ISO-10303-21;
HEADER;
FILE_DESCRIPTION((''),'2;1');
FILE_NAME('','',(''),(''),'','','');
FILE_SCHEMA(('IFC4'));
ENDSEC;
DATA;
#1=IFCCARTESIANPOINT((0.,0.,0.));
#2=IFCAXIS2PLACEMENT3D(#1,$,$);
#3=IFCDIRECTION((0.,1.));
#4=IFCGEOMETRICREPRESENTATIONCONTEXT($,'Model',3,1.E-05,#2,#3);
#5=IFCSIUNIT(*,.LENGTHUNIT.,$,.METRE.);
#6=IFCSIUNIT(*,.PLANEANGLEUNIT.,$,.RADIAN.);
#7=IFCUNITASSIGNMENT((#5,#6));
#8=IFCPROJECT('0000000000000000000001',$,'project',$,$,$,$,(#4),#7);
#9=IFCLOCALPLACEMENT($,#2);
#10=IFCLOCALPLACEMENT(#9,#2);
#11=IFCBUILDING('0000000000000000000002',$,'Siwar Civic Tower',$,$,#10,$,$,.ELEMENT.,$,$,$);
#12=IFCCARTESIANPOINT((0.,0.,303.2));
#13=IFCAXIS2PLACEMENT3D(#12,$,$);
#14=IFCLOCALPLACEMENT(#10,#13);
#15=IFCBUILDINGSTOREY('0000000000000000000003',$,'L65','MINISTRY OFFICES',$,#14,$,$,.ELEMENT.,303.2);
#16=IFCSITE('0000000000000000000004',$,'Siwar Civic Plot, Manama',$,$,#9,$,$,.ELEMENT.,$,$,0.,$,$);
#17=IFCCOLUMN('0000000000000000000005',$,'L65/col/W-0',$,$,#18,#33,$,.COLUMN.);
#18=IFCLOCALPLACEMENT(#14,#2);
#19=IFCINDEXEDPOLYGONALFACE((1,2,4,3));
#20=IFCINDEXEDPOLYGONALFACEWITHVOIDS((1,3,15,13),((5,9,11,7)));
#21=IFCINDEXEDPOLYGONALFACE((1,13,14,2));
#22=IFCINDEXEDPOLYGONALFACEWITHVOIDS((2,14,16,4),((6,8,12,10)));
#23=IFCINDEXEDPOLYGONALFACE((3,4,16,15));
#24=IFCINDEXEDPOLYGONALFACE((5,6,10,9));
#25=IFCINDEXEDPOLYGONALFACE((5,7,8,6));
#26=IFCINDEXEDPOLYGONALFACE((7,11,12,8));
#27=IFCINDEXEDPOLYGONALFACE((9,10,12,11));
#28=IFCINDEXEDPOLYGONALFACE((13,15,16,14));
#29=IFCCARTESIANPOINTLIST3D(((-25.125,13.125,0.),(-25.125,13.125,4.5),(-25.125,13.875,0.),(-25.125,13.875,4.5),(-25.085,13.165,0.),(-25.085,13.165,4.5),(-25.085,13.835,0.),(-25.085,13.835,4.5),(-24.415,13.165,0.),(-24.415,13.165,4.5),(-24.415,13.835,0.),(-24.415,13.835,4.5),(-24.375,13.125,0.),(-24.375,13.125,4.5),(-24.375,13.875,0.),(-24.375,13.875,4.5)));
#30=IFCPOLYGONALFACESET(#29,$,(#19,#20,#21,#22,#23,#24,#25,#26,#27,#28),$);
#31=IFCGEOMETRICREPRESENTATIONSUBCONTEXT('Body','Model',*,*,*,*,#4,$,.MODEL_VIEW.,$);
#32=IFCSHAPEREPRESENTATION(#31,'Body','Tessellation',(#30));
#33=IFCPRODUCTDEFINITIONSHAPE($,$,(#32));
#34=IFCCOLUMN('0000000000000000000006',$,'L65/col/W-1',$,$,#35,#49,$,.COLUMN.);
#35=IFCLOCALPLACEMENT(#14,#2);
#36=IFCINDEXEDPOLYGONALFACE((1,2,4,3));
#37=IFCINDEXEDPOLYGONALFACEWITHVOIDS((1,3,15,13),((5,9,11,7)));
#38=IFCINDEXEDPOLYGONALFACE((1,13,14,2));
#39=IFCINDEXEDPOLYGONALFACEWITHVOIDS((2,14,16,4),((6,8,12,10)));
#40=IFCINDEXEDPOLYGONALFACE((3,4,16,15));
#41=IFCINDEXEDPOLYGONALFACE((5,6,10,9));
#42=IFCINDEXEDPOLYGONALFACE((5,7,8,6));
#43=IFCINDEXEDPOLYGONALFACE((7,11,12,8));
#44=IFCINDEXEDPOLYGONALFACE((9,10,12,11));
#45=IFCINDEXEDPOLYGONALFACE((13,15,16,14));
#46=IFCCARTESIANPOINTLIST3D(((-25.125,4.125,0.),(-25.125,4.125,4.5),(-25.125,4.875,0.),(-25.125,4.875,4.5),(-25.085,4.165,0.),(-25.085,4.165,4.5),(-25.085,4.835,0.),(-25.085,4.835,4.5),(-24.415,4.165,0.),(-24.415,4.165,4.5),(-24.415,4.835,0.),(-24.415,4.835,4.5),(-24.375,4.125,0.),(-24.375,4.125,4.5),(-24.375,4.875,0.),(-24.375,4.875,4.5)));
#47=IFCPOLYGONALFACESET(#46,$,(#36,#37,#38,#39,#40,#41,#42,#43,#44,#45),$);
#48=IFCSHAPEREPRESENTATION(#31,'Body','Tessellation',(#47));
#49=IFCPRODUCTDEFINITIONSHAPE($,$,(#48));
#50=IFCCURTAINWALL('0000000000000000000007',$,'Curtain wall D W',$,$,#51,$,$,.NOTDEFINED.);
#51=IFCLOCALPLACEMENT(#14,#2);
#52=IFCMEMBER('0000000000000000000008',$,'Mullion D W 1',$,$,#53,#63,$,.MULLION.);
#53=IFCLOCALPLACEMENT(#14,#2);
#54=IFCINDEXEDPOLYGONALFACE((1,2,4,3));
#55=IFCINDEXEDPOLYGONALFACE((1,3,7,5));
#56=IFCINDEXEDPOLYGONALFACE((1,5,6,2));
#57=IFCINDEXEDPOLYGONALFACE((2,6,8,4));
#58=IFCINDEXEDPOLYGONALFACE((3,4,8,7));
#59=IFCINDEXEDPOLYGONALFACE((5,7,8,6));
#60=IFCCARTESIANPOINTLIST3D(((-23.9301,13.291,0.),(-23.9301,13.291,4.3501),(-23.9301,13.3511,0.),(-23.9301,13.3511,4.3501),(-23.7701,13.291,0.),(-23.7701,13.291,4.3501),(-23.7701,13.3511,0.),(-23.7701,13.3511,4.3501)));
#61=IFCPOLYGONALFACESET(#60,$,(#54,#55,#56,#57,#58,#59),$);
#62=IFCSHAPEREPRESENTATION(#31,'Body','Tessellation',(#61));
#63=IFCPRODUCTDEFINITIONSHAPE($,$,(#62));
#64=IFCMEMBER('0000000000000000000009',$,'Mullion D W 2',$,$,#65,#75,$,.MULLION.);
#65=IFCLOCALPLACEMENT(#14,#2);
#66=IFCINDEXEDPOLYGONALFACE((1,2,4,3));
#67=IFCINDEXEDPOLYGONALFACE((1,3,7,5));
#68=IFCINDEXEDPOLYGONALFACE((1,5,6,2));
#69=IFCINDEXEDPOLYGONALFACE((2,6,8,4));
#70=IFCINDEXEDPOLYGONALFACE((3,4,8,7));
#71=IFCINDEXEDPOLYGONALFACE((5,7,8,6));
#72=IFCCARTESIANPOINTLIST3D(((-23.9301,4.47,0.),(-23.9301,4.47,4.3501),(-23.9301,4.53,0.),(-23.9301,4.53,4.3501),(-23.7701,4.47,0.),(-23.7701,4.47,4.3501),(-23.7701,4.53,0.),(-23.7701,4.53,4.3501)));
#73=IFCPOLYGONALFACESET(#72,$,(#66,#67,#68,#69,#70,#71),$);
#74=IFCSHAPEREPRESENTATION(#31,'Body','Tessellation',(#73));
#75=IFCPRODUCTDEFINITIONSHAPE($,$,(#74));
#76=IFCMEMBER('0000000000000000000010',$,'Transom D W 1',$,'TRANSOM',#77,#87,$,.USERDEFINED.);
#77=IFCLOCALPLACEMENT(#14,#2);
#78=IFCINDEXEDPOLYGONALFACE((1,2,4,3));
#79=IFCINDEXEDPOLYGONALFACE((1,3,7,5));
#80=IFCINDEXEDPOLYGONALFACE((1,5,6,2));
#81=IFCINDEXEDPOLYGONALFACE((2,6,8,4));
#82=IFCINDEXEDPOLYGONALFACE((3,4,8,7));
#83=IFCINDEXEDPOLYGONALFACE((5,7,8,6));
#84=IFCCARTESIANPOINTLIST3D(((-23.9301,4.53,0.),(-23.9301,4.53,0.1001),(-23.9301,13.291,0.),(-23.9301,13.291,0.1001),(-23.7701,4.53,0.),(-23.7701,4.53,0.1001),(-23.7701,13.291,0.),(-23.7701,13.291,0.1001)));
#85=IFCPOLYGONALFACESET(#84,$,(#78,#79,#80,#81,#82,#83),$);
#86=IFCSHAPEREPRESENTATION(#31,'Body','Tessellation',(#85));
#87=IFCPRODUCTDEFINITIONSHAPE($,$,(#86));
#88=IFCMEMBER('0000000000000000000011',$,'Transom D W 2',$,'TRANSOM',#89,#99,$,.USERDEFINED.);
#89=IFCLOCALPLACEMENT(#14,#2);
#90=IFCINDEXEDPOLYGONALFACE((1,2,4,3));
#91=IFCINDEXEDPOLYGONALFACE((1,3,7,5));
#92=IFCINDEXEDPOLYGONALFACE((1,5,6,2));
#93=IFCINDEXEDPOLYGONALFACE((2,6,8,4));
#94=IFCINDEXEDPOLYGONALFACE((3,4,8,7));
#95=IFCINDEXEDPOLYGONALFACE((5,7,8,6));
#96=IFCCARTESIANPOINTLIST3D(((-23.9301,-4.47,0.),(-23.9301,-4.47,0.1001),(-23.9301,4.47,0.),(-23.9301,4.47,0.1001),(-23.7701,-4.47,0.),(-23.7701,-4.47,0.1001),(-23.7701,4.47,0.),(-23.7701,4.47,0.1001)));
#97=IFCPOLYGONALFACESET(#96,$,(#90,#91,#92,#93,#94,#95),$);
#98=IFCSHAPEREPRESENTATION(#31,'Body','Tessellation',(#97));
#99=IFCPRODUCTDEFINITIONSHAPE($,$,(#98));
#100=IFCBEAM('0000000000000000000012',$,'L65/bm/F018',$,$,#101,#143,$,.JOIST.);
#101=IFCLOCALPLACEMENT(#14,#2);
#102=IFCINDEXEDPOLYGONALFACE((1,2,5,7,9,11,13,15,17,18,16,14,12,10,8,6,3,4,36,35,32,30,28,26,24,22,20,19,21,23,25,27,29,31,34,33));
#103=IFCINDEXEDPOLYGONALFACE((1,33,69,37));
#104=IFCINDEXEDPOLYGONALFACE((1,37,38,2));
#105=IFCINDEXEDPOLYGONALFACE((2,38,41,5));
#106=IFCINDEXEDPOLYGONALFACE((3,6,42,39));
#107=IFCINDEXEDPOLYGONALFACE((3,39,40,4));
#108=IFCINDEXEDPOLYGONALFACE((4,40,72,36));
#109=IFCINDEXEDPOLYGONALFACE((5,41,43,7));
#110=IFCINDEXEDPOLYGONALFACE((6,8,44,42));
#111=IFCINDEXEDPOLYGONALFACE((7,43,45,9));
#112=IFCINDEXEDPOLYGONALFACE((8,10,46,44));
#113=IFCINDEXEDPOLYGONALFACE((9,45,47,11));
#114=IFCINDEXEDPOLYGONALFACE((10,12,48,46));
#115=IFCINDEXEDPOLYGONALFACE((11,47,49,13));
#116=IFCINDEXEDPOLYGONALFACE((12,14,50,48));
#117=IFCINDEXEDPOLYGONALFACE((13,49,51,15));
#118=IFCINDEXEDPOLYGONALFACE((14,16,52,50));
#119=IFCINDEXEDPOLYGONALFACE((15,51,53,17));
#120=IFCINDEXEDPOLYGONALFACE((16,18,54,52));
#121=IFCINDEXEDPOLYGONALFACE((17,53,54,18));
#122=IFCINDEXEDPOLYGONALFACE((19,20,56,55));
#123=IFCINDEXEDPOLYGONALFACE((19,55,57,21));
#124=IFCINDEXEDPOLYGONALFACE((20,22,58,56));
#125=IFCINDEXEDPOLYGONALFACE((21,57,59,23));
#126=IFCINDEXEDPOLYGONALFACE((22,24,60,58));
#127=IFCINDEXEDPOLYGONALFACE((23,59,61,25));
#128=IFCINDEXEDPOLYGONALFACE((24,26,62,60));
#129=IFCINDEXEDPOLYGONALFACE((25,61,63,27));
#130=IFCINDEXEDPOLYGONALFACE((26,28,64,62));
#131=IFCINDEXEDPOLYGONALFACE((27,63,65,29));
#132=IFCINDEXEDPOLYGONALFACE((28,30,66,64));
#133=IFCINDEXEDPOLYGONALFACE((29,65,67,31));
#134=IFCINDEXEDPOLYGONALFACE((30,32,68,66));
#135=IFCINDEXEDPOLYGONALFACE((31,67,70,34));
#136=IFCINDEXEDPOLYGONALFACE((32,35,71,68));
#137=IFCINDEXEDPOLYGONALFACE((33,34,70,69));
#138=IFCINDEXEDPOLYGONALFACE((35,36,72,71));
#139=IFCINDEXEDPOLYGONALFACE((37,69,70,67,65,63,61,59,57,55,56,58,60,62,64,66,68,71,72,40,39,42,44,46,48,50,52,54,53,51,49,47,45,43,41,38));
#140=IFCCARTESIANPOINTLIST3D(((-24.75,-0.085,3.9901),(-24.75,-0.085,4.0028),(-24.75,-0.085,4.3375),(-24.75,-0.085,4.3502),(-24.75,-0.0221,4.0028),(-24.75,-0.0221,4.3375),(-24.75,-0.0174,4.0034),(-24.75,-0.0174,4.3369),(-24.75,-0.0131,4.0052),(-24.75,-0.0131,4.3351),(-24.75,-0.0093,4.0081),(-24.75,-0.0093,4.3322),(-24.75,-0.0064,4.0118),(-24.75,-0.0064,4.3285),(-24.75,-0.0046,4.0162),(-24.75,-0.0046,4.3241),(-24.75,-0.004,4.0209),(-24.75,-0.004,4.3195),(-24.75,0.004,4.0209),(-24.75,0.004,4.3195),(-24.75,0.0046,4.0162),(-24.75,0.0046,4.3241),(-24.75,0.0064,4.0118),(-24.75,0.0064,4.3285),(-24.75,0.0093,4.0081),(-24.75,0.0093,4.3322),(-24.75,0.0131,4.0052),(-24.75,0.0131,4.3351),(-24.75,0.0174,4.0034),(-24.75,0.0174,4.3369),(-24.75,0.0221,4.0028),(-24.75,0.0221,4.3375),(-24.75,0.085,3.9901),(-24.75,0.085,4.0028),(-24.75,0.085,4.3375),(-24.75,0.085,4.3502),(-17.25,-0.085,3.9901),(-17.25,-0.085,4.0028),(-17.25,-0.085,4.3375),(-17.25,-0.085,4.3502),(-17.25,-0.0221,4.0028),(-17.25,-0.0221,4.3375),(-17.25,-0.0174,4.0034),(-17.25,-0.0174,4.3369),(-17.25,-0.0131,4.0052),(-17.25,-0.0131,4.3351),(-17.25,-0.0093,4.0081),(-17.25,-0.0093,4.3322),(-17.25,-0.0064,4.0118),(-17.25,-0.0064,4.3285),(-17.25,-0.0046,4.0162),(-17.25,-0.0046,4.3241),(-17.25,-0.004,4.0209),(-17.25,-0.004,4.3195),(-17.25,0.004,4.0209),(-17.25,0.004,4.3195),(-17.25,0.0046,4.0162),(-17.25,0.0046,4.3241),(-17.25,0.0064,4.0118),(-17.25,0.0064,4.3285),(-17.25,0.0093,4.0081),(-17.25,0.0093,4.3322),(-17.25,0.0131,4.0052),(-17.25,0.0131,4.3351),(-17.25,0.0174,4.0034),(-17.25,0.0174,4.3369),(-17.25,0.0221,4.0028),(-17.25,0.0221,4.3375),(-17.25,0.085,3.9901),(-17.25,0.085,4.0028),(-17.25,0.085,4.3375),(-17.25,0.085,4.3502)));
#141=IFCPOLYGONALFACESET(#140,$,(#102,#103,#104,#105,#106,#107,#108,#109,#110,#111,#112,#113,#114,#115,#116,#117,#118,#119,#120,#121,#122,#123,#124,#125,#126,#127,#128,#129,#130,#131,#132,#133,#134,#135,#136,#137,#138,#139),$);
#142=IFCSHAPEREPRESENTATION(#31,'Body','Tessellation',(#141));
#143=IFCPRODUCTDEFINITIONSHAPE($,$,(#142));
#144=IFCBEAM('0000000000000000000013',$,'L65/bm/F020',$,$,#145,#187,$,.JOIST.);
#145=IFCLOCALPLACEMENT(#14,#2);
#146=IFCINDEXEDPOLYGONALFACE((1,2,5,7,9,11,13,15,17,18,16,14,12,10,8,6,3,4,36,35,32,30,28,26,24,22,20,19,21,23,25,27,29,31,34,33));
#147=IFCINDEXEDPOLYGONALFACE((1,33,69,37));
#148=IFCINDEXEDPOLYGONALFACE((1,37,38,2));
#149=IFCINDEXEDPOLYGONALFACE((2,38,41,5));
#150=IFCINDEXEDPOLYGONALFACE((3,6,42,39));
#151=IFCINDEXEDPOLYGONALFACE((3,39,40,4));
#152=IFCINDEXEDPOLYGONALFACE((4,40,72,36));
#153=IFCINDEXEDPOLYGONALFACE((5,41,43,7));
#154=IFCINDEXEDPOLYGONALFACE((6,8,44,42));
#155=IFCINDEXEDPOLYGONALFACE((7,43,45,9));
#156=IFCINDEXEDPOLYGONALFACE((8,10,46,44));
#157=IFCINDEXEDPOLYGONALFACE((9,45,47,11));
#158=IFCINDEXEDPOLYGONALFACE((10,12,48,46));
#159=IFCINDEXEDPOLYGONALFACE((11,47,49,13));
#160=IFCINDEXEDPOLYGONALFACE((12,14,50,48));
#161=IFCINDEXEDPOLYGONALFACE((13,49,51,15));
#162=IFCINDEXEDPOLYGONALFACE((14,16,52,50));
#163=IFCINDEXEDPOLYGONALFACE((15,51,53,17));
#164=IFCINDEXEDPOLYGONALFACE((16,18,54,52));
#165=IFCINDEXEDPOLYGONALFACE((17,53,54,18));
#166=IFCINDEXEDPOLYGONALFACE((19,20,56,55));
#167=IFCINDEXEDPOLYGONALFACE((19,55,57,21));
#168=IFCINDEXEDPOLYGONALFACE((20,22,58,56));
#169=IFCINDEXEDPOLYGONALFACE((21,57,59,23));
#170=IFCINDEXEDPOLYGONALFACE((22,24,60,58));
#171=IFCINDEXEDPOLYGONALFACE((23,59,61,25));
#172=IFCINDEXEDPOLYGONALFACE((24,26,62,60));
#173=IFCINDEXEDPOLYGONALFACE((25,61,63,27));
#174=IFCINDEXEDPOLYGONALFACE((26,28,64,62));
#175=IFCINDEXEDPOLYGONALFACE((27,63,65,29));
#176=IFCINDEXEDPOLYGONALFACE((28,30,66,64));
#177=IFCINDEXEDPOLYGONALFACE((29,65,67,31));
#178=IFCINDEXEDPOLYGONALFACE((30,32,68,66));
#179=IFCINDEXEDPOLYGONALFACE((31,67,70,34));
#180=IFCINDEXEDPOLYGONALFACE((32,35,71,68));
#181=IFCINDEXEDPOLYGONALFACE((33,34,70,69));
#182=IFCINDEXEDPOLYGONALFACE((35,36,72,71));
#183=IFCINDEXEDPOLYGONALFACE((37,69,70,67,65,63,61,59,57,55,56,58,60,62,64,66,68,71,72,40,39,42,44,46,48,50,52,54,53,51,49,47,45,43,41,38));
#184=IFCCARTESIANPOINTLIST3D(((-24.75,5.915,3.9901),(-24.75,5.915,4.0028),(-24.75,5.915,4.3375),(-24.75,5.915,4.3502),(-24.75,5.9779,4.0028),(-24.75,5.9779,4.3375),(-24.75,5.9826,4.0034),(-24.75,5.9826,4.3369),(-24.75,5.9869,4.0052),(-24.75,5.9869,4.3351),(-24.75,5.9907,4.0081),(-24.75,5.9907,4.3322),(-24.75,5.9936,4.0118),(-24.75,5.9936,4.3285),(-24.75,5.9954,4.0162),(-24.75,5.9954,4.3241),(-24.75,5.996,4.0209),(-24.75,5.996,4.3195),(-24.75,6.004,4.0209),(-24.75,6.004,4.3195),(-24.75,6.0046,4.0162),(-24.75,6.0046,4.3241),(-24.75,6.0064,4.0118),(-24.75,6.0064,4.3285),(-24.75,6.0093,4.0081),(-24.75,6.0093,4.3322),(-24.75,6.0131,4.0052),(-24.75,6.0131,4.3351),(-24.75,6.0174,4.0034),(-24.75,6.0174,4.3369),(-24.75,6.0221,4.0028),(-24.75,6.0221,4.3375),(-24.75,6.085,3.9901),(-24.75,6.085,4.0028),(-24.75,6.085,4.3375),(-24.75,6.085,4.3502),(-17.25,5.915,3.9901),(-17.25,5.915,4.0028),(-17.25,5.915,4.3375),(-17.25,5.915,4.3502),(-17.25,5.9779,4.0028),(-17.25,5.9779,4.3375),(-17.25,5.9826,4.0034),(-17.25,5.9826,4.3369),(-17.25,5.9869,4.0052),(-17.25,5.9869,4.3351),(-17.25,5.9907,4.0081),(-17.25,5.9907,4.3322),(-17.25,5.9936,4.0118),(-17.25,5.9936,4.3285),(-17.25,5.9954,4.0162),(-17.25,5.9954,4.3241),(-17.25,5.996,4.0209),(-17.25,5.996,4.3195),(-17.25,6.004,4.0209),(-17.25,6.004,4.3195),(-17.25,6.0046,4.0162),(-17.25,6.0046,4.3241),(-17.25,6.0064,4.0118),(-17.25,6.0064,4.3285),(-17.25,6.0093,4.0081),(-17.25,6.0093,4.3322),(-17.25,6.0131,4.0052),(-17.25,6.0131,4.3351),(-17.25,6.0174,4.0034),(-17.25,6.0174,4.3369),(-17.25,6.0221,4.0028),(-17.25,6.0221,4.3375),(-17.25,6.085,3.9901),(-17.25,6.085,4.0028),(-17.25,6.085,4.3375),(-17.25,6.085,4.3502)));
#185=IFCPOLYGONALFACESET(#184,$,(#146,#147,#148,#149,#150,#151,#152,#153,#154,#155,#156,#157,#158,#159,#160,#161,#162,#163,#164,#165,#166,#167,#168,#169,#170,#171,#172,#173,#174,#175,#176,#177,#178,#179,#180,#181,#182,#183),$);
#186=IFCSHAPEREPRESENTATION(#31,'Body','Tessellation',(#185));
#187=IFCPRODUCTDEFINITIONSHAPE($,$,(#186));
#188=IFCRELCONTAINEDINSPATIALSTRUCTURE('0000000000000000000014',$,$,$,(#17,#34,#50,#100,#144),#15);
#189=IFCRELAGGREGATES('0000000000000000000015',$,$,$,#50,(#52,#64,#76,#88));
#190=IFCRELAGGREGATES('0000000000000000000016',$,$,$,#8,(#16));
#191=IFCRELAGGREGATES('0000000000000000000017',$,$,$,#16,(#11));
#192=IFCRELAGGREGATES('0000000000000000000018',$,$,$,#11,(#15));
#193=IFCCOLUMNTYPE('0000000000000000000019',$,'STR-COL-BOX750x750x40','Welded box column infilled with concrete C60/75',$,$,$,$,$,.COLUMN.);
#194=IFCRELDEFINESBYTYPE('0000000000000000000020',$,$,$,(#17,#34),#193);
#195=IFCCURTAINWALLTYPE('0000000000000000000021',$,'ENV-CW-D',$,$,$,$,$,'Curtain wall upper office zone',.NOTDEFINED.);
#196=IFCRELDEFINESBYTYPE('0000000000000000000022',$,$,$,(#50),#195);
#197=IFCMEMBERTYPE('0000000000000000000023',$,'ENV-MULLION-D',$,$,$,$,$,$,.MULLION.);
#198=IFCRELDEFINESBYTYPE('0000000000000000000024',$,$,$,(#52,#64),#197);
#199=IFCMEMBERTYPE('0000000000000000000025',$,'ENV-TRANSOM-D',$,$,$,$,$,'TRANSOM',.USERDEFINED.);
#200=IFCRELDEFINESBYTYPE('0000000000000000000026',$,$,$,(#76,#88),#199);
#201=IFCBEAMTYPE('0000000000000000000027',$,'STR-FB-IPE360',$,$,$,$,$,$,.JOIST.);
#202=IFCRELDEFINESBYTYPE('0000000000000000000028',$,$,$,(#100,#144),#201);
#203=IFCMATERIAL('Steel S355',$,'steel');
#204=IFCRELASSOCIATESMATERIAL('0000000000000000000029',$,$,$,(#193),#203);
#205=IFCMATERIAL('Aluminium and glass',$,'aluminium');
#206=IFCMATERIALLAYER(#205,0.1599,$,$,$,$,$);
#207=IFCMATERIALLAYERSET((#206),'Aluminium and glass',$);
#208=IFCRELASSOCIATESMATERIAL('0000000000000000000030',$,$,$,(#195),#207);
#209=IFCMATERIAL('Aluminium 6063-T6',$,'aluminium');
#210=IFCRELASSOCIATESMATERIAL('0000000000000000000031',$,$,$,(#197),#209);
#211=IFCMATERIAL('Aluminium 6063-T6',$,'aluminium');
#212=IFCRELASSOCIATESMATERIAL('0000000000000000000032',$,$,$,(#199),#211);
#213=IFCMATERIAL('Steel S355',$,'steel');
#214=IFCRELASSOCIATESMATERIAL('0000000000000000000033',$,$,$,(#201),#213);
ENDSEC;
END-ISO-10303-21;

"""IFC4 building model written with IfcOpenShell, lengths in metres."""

from ifc_helpers import new_model, si_unit, direction, frame, origin, origin_2d, place, context, subcontext, project, spatial, rectangle, hollow_rectangle, i_section, extrude, material, layer, layer_set, material_profile, profile_set, type_object, element, aggregate, save


model = new_model("IFC4")

# Units and contexts
model_context = context("Model", 3, precision=1e-05, world=origin(), true_north=direction((0.0, 1.0)))
body_context = subcontext(model_context, "Body", "Model", "MODEL_VIEW")
ifc_project = project(units=[si_unit("LENGTHUNIT", "METRE"), si_unit("PLANEANGLEUNIT", "RADIAN")], contexts=[model_context])

# Site, building, storey
site_placement = place(None, origin())
site = spatial("IfcSite", under=ifc_project, at=site_placement, Name="Siwar Civic Plot, Manama", CompositionType="ELEMENT", RefElevation=0.0)
building_placement = place(site_placement, origin())
building = spatial("IfcBuilding", under=site, at=building_placement, Name="Siwar Civic Tower", CompositionType="ELEMENT")
storey_placement = place(building_placement, frame((0.0, 0.0, 303.2)))
storey = spatial("IfcBuildingStorey", under=building, at=storey_placement, Name="L65", Description="MINISTRY OFFICES", CompositionType="ELEMENT", Elevation=303.2)

# Columns
ifc_material_1 = material(Name="Steel S355", Category="steel")
ifc_material_profile_1 = material_profile(ifc_material_1, hollow_rectangle(XDim=0.75, YDim=0.75, WallThickness=0.04, at=origin_2d()), Name="BOX750x750x40")
ifc_profile_set_1 = profile_set([ifc_material_profile_1], Name="Steel S355")
column_type = type_object("IfcColumnType", Name="STR-COL-BOX750x750x40", Description="Welded box column infilled with concrete C60/75", PredefinedType="COLUMN", material=ifc_profile_set_1)
for number, where, z_axis, x_axis, name in (
    (1, (-24.75, 13.5, 0.0), (0.0, 0.0, 1.0), (1.0, 0.0, 0.0), "L65/col/W-0"),
    (2, (-24.75, 4.5, 0.0), (0.0, 0.0, 1.0), (1.0, 0.0, 0.0), "L65/col/W-1"),
):
    element("IfcColumn", number, at=place(storey_placement, frame(where, z_axis=z_axis, x_axis=x_axis)), inside=storey, type_object=column_type, Name=name, PredefinedType="COLUMN", context=body_context, shape_type="SweptSolid", body=[
        extrude(hollow_rectangle(XDim=0.75, YDim=0.75, WallThickness=0.04, at=origin_2d()), origin(), (0.0, 0.0, 1.0), 4.5),
    ])

# Curtain wall, members
ifc_material_2 = material(Name="Aluminium and glass", Category="aluminium")
ifc_layer_1 = layer(ifc_material_2, 0.1599)
ifc_layer_set_1 = layer_set([ifc_layer_1], Name="Aluminium and glass")
curtain_wall_type = type_object("IfcCurtainWallType", Name="ENV-CW-D", ElementType="Curtain wall upper office zone", PredefinedType="NOTDEFINED", material=ifc_layer_set_1)
curtain_wall_placement = place(storey_placement, origin())
curtain_wall = element("IfcCurtainWall", 3, at=curtain_wall_placement, inside=storey, type_object=curtain_wall_type, Name="Curtain wall D W", PredefinedType="NOTDEFINED")
ifc_material_3 = material(Name="Aluminium 6063-T6", Category="aluminium")
ifc_material_profile_2 = material_profile(ifc_material_3, rectangle(XDim=0.1599, YDim=0.0601, at=origin_2d()), Name="AL 160x60")
ifc_profile_set_2 = profile_set([ifc_material_profile_2], Name="Aluminium 6063-T6")
member_type_1 = type_object("IfcMemberType", Name="ENV-MULLION-D", PredefinedType="MULLION", material=ifc_profile_set_2)
member_1_placement = place(storey_placement, frame((-23.8501, 13.321, 0.0), z_axis=(0.0, 0.0, 1.0), x_axis=(1.0, 0.0, 0.0)))
member_1 = element("IfcMember", 4, at=member_1_placement, type_object=member_type_1, Name="Mullion D W 1", PredefinedType="MULLION", context=body_context, shape_type="SweptSolid", body=[
    extrude(rectangle(XDim=0.1599, YDim=0.0601, at=origin_2d()), origin(), (0.0, 0.0, 1.0), 4.3501),
])
member_2_placement = place(storey_placement, frame((-23.8501, 4.5, 0.0), z_axis=(0.0, 0.0, 1.0), x_axis=(1.0, 0.0, 0.0)))
member_2 = element("IfcMember", 5, at=member_2_placement, type_object=member_type_1, Name="Mullion D W 2", PredefinedType="MULLION", context=body_context, shape_type="SweptSolid", body=[
    extrude(rectangle(XDim=0.1599, YDim=0.0601, at=origin_2d()), origin(), (0.0, 0.0, 1.0), 4.3501),
])
ifc_material_4 = material(Name="Aluminium 6063-T6", Category="aluminium")
ifc_material_profile_3 = material_profile(ifc_material_4, rectangle(XDim=0.1599, YDim=0.1001, at=origin_2d()), Name="AL 160x100")
ifc_profile_set_3 = profile_set([ifc_material_profile_3], Name="Aluminium 6063-T6")
member_type_2 = type_object("IfcMemberType", Name="ENV-TRANSOM-D", ElementType="TRANSOM", PredefinedType="USERDEFINED", material=ifc_profile_set_3)
member_3_placement = place(storey_placement, frame((-23.8501, 13.291, 0.05), z_axis=(0.0, -1.0, 0.0), x_axis=(1.0, 0.0, 0.0)))
member_3 = element("IfcMember", 6, at=member_3_placement, type_object=member_type_2, Name="Transom D W 1", ObjectType="TRANSOM", PredefinedType="USERDEFINED", context=body_context, shape_type="SweptSolid", body=[
    extrude(rectangle(XDim=0.1599, YDim=0.1001, at=origin_2d()), origin(), (0.0, 0.0, 1.0), 8.761),
])
member_4_placement = place(storey_placement, frame((-23.8501, 4.47, 0.05), z_axis=(0.0, -1.0, 0.0), x_axis=(1.0, 0.0, 0.0)))
member_4 = element("IfcMember", 7, at=member_4_placement, type_object=member_type_2, Name="Transom D W 2", ObjectType="TRANSOM", PredefinedType="USERDEFINED", context=body_context, shape_type="SweptSolid", body=[
    extrude(rectangle(XDim=0.1599, YDim=0.1001, at=origin_2d()), origin(), (0.0, 0.0, 1.0), 8.9399),
])

# Beams
ifc_material_5 = material(Name="Steel S355", Category="steel")
ifc_material_profile_4 = material_profile(ifc_material_5, i_section(OverallWidth=0.1699, OverallDepth=0.3601, WebThickness=0.0081, FlangeThickness=0.0127, FilletRadius=0.0181, at=origin_2d()), Name="IPE360")
ifc_profile_set_4 = profile_set([ifc_material_profile_4], Name="Steel S355")
beam_type_1 = type_object("IfcBeamType", Name="STR-FB-IPE360", PredefinedType="JOIST", material=ifc_profile_set_4)
for number, where, z_axis, x_axis, name in (
    (8, (-24.75, 0.0, 4.1702), (1.0, 0.0, 0.0), (0.0, 1.0, 0.0), "L65/bm/F018"),
    (9, (-24.75, 6.0, 4.1702), (1.0, 0.0, 0.0), (0.0, 1.0, 0.0), "L65/bm/F020"),
):
    element("IfcBeam", number, at=place(storey_placement, frame(where, z_axis=z_axis, x_axis=x_axis)), inside=storey, type_object=beam_type_1, Name=name, PredefinedType="JOIST", context=body_context, shape_type="SweptSolid", body=[
        extrude(i_section(OverallWidth=0.1699, OverallDepth=0.3601, WebThickness=0.0081, FlangeThickness=0.0127, FilletRadius=0.0181, at=origin_2d()), origin(), (0.0, 0.0, 1.0), 7.5),
    ])

aggregate(curtain_wall, [member_1, member_2, member_3, member_4])

save(model, "model.ifc")
